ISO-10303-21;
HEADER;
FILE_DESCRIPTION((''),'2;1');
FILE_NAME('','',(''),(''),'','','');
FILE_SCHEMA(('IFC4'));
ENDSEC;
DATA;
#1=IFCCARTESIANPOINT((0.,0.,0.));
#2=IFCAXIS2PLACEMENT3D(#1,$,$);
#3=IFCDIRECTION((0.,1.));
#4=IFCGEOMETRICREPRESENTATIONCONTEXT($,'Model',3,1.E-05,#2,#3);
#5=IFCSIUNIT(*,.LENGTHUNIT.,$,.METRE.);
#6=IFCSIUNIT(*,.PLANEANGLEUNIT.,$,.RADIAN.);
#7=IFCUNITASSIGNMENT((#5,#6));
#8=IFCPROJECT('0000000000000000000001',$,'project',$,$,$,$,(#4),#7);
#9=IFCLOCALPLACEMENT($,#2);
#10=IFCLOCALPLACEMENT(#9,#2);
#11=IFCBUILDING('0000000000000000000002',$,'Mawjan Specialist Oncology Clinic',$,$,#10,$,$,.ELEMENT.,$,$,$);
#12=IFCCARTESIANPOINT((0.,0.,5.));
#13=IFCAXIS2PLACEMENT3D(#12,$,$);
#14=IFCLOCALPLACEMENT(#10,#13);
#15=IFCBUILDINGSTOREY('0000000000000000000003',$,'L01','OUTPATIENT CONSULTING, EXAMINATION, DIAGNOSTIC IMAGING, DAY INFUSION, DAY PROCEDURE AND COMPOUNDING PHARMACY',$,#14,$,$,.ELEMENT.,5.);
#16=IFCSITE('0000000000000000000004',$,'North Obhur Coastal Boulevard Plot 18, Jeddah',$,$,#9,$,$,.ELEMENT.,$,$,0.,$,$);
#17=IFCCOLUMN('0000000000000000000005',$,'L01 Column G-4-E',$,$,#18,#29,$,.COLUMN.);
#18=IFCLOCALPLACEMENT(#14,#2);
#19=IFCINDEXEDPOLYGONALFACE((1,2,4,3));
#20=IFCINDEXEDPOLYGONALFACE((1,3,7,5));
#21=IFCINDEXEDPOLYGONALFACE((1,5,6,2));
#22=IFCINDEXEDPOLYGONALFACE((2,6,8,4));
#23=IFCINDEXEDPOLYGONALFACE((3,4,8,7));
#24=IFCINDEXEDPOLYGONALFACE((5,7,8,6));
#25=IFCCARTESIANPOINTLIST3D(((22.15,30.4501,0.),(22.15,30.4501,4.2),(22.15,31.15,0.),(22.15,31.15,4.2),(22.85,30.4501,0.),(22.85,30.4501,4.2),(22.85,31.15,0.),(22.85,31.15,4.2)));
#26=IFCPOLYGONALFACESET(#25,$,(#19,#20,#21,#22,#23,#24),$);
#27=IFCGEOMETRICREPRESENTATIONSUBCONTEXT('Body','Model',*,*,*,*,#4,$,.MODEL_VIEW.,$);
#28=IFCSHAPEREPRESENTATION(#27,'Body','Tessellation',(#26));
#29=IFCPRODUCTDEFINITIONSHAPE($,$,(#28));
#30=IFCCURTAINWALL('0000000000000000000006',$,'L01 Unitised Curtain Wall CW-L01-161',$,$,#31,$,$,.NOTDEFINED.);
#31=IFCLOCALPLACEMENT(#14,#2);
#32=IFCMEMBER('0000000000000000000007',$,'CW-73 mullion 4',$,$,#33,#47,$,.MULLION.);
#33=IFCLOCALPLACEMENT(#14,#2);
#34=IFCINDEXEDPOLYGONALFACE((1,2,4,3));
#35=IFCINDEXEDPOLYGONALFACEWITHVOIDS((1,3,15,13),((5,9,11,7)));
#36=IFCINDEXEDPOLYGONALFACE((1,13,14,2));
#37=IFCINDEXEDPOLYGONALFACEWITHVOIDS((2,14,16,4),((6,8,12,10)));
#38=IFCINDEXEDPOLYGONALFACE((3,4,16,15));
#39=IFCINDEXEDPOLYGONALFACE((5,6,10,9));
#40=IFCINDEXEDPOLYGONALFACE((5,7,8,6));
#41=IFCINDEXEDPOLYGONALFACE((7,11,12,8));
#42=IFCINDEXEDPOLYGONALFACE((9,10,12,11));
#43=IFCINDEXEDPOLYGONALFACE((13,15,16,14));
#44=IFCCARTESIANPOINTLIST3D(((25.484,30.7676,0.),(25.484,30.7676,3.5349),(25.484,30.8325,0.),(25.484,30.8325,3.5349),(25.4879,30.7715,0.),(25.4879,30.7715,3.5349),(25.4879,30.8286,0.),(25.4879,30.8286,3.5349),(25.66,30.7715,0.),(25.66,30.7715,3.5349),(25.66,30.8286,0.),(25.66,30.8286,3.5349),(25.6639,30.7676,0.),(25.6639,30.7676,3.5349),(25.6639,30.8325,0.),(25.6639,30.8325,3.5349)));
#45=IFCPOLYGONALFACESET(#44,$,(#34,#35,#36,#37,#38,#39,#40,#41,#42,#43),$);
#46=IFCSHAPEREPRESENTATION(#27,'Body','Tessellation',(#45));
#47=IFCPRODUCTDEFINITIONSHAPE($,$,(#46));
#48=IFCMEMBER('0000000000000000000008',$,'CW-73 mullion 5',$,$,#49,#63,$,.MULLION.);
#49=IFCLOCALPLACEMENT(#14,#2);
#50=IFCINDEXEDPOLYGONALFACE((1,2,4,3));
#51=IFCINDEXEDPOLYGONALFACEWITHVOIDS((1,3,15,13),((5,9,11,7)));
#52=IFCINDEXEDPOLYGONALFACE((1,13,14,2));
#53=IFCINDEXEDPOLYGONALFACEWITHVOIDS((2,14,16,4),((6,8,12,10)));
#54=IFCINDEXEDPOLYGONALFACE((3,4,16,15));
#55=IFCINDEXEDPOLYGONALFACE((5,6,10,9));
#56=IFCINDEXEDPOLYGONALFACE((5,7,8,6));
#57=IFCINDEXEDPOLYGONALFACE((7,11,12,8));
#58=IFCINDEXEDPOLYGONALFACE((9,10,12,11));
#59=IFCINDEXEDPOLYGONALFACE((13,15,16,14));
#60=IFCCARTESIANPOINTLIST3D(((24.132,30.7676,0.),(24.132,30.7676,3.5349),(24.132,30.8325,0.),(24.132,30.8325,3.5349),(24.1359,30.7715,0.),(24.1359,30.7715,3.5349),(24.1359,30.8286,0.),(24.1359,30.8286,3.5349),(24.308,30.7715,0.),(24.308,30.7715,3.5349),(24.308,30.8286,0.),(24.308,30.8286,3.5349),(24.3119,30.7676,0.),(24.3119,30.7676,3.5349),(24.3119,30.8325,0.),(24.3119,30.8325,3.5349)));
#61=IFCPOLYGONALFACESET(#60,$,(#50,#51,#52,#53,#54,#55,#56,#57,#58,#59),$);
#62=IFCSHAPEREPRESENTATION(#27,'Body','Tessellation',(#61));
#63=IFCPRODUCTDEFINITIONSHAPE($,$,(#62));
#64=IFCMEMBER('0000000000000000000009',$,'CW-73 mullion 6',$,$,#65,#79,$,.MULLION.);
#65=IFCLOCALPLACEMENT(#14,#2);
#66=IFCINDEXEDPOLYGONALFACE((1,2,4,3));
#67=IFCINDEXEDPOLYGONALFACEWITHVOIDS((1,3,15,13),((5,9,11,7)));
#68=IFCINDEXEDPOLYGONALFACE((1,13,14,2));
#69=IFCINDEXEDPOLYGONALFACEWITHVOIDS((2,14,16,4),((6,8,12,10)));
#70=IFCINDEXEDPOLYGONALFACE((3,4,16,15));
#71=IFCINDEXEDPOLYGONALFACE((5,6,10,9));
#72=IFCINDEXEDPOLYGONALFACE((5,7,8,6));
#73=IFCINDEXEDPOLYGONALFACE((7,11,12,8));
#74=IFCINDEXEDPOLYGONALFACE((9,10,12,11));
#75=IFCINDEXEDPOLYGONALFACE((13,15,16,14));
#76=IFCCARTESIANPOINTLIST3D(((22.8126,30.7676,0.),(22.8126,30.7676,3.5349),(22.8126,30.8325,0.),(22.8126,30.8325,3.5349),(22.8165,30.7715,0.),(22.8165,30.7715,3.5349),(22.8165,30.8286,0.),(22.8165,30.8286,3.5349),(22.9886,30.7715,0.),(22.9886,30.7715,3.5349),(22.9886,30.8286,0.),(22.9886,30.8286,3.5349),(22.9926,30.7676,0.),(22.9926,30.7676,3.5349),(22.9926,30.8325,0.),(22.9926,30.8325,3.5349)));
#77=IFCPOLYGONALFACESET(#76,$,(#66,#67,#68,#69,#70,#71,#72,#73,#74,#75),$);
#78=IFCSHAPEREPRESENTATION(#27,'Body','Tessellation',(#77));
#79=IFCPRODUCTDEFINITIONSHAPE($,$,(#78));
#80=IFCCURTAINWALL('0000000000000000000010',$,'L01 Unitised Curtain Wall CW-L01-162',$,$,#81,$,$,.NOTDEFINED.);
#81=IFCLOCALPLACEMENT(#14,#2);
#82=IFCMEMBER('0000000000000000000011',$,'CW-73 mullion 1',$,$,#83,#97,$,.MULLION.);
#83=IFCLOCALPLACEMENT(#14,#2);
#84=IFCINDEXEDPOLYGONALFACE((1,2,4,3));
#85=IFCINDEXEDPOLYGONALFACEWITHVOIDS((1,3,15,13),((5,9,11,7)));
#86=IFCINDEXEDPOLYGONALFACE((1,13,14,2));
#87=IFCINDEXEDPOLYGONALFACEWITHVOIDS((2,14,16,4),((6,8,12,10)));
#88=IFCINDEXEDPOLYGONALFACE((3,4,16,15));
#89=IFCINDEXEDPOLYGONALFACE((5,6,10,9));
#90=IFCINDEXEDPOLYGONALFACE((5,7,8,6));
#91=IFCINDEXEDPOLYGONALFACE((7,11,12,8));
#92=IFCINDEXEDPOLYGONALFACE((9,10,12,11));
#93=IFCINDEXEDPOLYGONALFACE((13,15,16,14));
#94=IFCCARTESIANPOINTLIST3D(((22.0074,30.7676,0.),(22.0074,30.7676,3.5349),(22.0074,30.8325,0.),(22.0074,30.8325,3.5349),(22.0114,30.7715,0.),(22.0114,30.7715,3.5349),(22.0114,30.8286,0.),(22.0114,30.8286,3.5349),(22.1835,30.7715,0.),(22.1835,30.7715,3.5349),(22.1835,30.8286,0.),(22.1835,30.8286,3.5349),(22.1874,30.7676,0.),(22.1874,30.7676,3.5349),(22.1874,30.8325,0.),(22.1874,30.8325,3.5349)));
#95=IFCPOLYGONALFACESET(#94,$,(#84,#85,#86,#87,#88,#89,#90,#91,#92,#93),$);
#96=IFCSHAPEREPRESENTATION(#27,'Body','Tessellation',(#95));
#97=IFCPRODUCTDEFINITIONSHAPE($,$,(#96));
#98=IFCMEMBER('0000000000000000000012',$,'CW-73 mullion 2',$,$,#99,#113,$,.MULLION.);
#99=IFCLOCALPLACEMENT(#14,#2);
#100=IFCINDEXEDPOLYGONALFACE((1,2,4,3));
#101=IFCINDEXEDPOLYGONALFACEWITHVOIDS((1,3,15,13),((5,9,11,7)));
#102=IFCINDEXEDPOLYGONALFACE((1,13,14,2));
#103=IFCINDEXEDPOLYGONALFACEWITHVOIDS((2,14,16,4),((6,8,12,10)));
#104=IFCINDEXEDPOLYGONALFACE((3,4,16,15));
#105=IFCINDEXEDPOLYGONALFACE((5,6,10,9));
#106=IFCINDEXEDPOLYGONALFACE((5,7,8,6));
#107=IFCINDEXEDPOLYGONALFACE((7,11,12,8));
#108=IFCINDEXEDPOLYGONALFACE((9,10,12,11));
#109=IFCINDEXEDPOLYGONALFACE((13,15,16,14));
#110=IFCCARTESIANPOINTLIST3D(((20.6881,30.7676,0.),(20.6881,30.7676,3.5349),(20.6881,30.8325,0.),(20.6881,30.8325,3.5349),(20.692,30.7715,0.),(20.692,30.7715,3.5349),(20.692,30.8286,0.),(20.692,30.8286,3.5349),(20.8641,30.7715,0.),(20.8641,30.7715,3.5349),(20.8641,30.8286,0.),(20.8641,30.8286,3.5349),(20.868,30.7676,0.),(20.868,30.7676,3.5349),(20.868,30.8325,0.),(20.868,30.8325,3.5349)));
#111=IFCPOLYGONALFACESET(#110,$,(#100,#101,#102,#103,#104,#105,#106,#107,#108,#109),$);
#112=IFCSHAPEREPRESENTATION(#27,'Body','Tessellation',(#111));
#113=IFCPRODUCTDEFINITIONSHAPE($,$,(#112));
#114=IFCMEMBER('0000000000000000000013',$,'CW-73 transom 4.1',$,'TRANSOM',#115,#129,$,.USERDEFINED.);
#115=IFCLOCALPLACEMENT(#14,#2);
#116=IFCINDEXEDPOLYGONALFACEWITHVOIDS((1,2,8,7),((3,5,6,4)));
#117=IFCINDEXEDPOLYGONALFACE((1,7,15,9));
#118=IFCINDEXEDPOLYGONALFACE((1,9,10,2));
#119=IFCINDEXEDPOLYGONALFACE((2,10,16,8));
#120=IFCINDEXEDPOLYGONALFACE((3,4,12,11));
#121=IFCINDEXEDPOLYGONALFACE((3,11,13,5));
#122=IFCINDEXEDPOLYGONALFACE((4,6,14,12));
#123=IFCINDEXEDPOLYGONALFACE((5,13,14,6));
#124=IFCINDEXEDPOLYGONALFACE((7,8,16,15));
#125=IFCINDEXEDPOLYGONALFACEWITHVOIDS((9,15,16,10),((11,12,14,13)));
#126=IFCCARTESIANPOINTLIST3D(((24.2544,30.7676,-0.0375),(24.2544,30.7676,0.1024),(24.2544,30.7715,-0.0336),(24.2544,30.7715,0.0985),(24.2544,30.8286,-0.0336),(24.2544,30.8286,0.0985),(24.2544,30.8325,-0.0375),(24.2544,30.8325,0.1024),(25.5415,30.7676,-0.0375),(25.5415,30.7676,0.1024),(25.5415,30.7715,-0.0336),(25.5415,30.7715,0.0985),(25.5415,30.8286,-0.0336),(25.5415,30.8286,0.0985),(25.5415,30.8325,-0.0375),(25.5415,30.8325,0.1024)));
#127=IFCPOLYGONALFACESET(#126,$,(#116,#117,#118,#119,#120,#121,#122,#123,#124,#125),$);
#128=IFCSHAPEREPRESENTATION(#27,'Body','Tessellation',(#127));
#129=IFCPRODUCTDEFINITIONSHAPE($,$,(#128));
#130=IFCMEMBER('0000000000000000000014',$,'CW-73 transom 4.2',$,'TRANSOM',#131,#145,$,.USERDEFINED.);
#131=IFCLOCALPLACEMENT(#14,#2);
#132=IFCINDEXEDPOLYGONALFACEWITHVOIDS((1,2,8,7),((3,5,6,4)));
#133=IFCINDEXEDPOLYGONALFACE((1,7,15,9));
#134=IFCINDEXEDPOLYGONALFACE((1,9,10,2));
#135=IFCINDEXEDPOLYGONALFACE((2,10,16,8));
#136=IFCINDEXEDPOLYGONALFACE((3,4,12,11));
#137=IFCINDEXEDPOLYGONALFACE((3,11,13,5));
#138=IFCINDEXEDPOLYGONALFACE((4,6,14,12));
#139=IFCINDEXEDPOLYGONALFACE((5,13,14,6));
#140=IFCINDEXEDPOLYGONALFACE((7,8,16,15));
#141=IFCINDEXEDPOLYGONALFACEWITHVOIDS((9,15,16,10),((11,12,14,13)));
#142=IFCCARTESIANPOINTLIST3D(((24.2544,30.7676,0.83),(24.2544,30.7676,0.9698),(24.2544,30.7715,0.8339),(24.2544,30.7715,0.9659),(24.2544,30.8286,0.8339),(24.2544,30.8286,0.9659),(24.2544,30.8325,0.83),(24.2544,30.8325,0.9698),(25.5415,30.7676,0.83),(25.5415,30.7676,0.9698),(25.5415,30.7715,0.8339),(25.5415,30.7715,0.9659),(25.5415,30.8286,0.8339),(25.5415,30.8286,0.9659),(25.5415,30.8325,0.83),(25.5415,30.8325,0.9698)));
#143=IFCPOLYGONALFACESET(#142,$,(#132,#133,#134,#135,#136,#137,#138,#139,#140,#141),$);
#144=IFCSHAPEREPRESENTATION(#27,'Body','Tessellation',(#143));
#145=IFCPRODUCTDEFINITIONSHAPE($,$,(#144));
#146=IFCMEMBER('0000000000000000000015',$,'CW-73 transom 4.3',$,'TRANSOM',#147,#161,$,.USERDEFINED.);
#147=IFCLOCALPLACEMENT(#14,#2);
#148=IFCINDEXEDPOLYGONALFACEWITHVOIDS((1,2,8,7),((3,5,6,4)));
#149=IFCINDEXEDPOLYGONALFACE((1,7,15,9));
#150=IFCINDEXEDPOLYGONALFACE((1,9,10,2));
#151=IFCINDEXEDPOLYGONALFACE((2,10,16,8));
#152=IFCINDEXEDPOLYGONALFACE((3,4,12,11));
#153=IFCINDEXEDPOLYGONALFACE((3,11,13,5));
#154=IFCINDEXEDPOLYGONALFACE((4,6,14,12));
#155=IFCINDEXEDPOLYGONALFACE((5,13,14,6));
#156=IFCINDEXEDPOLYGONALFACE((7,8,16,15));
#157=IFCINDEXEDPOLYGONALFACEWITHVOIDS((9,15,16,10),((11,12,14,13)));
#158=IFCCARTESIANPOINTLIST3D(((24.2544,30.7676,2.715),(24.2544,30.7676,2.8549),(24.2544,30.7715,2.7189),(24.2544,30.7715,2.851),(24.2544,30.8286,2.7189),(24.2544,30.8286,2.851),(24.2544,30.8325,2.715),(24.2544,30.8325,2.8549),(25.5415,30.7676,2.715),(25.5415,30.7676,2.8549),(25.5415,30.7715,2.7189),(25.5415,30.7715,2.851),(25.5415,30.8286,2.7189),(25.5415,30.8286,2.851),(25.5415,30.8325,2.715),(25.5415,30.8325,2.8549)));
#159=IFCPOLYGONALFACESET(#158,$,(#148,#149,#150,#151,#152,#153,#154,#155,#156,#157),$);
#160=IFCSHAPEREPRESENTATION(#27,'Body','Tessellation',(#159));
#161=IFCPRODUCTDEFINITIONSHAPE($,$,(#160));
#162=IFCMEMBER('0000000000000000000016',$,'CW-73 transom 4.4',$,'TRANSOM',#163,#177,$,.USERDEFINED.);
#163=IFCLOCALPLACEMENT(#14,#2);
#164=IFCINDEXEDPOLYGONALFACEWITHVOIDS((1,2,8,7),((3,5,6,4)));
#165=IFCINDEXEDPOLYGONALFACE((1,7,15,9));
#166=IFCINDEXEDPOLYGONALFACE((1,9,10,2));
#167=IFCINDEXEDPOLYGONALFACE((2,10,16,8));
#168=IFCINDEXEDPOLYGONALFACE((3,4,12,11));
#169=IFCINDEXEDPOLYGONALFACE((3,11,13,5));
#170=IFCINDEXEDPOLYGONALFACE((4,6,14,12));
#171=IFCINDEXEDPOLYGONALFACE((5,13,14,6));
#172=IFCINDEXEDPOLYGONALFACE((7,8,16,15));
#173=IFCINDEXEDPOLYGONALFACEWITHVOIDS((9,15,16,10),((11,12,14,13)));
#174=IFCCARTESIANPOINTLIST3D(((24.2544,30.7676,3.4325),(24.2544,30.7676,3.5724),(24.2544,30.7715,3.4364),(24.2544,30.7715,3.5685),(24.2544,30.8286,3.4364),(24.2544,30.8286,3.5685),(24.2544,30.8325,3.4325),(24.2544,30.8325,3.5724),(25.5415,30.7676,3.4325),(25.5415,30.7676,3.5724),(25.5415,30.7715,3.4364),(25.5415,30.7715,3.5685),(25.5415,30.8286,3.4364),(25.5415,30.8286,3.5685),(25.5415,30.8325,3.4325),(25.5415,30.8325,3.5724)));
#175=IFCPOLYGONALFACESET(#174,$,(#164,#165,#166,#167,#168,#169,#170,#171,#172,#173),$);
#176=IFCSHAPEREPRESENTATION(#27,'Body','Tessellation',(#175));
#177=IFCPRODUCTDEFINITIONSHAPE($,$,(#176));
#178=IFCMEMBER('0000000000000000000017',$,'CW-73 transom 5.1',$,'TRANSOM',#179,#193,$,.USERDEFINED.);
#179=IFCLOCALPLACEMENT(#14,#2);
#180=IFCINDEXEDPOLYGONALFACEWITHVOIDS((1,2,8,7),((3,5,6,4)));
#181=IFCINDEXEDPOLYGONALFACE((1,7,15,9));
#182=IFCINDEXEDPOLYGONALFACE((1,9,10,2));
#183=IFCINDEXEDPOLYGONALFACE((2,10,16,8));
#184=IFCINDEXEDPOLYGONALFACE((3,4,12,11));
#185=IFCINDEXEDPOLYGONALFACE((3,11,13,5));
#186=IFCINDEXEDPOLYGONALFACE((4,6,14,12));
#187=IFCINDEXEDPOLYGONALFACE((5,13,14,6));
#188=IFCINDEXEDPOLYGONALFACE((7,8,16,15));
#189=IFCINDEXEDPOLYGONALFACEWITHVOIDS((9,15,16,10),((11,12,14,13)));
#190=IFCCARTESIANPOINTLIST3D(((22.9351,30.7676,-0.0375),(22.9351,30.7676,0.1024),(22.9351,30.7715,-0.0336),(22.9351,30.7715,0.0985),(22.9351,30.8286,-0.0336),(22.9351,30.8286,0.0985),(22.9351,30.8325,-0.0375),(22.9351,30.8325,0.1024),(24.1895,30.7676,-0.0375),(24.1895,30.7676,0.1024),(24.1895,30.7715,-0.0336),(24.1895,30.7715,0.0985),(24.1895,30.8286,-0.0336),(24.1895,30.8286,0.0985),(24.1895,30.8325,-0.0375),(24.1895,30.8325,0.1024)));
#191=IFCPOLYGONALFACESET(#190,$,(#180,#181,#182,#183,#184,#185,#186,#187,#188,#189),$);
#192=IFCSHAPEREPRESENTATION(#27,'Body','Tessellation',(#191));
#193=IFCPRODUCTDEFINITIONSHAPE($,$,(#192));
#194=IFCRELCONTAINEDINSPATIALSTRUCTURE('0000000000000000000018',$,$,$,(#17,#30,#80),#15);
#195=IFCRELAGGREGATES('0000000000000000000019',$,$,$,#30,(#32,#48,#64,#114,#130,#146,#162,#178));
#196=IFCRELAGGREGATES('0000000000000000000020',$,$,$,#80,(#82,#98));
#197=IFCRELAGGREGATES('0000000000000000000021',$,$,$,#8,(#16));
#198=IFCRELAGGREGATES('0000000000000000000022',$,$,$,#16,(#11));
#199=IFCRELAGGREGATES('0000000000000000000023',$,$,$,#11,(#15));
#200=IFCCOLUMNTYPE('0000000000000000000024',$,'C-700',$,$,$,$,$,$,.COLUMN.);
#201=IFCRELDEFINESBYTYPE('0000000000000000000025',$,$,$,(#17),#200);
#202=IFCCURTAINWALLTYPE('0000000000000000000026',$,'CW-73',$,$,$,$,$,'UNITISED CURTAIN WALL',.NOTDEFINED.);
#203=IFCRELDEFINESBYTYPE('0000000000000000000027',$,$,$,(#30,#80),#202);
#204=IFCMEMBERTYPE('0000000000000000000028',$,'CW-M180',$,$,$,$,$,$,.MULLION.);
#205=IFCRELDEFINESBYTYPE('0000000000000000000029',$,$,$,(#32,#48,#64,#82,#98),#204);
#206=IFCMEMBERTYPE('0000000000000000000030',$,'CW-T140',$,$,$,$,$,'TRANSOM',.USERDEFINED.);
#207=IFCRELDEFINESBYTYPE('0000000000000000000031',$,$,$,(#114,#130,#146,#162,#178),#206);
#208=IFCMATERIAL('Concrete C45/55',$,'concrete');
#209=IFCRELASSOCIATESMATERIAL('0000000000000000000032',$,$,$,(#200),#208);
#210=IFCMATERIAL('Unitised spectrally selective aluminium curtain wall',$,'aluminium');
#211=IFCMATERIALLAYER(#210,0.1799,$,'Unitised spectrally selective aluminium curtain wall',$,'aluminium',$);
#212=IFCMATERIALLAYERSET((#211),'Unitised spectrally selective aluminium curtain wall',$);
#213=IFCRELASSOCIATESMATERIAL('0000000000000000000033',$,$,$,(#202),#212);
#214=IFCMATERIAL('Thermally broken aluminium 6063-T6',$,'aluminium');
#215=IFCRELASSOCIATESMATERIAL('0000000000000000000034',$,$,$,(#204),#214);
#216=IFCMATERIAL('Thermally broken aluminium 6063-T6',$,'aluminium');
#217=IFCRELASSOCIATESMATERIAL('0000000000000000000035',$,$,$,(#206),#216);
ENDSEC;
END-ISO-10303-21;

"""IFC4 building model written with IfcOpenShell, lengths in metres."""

from ifc_helpers import new_model, si_unit, direction, frame, origin, origin_2d, place, context, subcontext, project, spatial, rectangle, hollow_rectangle, extrude, material, layer, layer_set, material_profile, profile_set, type_object, element, aggregate, save


model = new_model("IFC4")

# Units and contexts
model_context = context("Model", 3, precision=1e-05, world=origin(), true_north=direction((0.0, 1.0)))
body_context = subcontext(model_context, "Body", "Model", "MODEL_VIEW")
ifc_project = project(units=[si_unit("LENGTHUNIT", "METRE"), si_unit("PLANEANGLEUNIT", "RADIAN")], contexts=[model_context])

# Site, building, storey
site_placement = place(None, origin())
site = spatial("IfcSite", under=ifc_project, at=site_placement, Name="North Obhur Coastal Boulevard Plot 18, Jeddah", CompositionType="ELEMENT", RefElevation=0.0)
building_placement = place(site_placement, origin())
building = spatial("IfcBuilding", under=site, at=building_placement, Name="Mawjan Specialist Oncology Clinic", CompositionType="ELEMENT")
storey_placement = place(building_placement, frame((0.0, 0.0, 5.0)))
storey = spatial("IfcBuildingStorey", under=building, at=storey_placement, Name="L01", Description="OUTPATIENT CONSULTING, EXAMINATION, DIAGNOSTIC IMAGING, DAY INFUSION, DAY PROCEDURE AND COMPOUNDING PHARMACY", CompositionType="ELEMENT", Elevation=5.0)

# Column
ifc_material_1 = material(Name="Concrete C45/55", Category="concrete")
ifc_material_profile_1 = material_profile(ifc_material_1, rectangle(XDim=0.7, YDim=0.7, at=origin_2d()), Name="RC COL 700x700", Category="concrete")
ifc_profile_set_1 = profile_set([ifc_material_profile_1], Name="Concrete C45/55")
column_type = type_object("IfcColumnType", Name="C-700", PredefinedType="COLUMN", material=ifc_profile_set_1)
column_placement = place(storey_placement, frame((22.5, 30.8, 0.0), z_axis=(0.0, 0.0, 1.0), x_axis=(1.0, 0.0, 0.0)))
element("IfcColumn", 1, at=column_placement, inside=storey, type_object=column_type, Name="L01 Column G-4-E", PredefinedType="COLUMN", context=body_context, shape_type="SweptSolid", body=[
    extrude(rectangle(XDim=0.7, YDim=0.7, at=origin_2d()), origin(), (0.0, 0.0, 1.0), 4.2),
])

# Curtain walls, members
ifc_material_2 = material(Name="Unitised spectrally selective aluminium curtain wall", Category="aluminium")
ifc_layer_1 = layer(ifc_material_2, 0.1799, Name="Unitised spectrally selective aluminium curtain wall", Category="aluminium")
ifc_layer_set_1 = layer_set([ifc_layer_1], Name="Unitised spectrally selective aluminium curtain wall")
curtain_wall_type_1 = type_object("IfcCurtainWallType", Name="CW-73", ElementType="UNITISED CURTAIN WALL", PredefinedType="NOTDEFINED", material=ifc_layer_set_1)
curtain_wall_1_placement = place(storey_placement, origin())
curtain_wall_1 = element("IfcCurtainWall", 2, at=curtain_wall_1_placement, inside=storey, type_object=curtain_wall_type_1, Name="L01 Unitised Curtain Wall CW-L01-161", PredefinedType="NOTDEFINED")
ifc_material_3 = material(Name="Thermally broken aluminium 6063-T6", Category="aluminium")
ifc_material_profile_2 = material_profile(ifc_material_3, hollow_rectangle(XDim=0.0649, YDim=0.1799, WallThickness=0.0039, at=origin_2d()), Name="ALU MULLION 180x65x4", Category="aluminium")
ifc_profile_set_2 = profile_set([ifc_material_profile_2], Name="Thermally broken aluminium 6063-T6")
member_type_1 = type_object("IfcMemberType", Name="CW-M180", PredefinedType="MULLION", material=ifc_profile_set_2)
member_1_placement = place(storey_placement, frame((25.574, 30.8, 0.0), z_axis=(0.0, 0.0, 1.0), x_axis=(0.0, -1.0, 0.0)))
member_1 = element("IfcMember", 3, at=member_1_placement, type_object=member_type_1, Name="CW-73 mullion 4", PredefinedType="MULLION", context=body_context, shape_type="SweptSolid", body=[
    extrude(hollow_rectangle(XDim=0.0649, YDim=0.1799, WallThickness=0.0039, at=origin_2d()), origin(), (0.0, 0.0, 1.0), 3.5349),
])
member_2_placement = place(storey_placement, frame((24.2219, 30.8, 0.0), z_axis=(0.0, 0.0, 1.0), x_axis=(0.0, -1.0, 0.0)))
member_2 = element("IfcMember", 4, at=member_2_placement, type_object=member_type_1, Name="CW-73 mullion 5", PredefinedType="MULLION", context=body_context, shape_type="SweptSolid", body=[
    extrude(hollow_rectangle(XDim=0.0649, YDim=0.1799, WallThickness=0.0039, at=origin_2d()), origin(), (0.0, 0.0, 1.0), 3.5349),
])
member_3_placement = place(storey_placement, frame((22.9026, 30.8, 0.0), z_axis=(0.0, 0.0, 1.0), x_axis=(0.0, -1.0, 0.0)))
member_3 = element("IfcMember", 5, at=member_3_placement, type_object=member_type_1, Name="CW-73 mullion 6", PredefinedType="MULLION", context=body_context, shape_type="SweptSolid", body=[
    extrude(hollow_rectangle(XDim=0.0649, YDim=0.1799, WallThickness=0.0039, at=origin_2d()), origin(), (0.0, 0.0, 1.0), 3.5349),
])
curtain_wall_2_placement = place(storey_placement, origin())
curtain_wall_2 = element("IfcCurtainWall", 6, at=curtain_wall_2_placement, inside=storey, type_object=curtain_wall_type_1, Name="L01 Unitised Curtain Wall CW-L01-162", PredefinedType="NOTDEFINED")
member_4_placement = place(storey_placement, frame((22.0974, 30.8, 0.0), z_axis=(0.0, 0.0, 1.0), x_axis=(0.0, -1.0, 0.0)))
member_4 = element("IfcMember", 7, at=member_4_placement, type_object=member_type_1, Name="CW-73 mullion 1", PredefinedType="MULLION", context=body_context, shape_type="SweptSolid", body=[
    extrude(hollow_rectangle(XDim=0.0649, YDim=0.1799, WallThickness=0.0039, at=origin_2d()), origin(), (0.0, 0.0, 1.0), 3.5349),
])
member_5_placement = place(storey_placement, frame((20.7781, 30.8, 0.0), z_axis=(0.0, 0.0, 1.0), x_axis=(0.0, -1.0, 0.0)))
member_5 = element("IfcMember", 8, at=member_5_placement, type_object=member_type_1, Name="CW-73 mullion 2", PredefinedType="MULLION", context=body_context, shape_type="SweptSolid", body=[
    extrude(hollow_rectangle(XDim=0.0649, YDim=0.1799, WallThickness=0.0039, at=origin_2d()), origin(), (0.0, 0.0, 1.0), 3.5349),
])

# Members
ifc_material_4 = material(Name="Thermally broken aluminium 6063-T6", Category="aluminium")
ifc_material_profile_3 = material_profile(ifc_material_4, hollow_rectangle(XDim=0.0649, YDim=0.1399, WallThickness=0.0039, at=origin_2d()), Name="ALU TRANSOM 140x65x4", Category="aluminium")
ifc_profile_set_3 = profile_set([ifc_material_profile_3], Name="Thermally broken aluminium 6063-T6")
member_type_2 = type_object("IfcMemberType", Name="CW-T140", ElementType="TRANSOM", PredefinedType="USERDEFINED", material=ifc_profile_set_3)
member_6_placement = place(storey_placement, frame((25.5415, 30.8, 0.0325), z_axis=(-1.0, 0.0, 0.0), x_axis=(0.0, -1.0, 0.0)))
member_6 = element("IfcMember", 9, at=member_6_placement, type_object=member_type_2, Name="CW-73 transom 4.1", ObjectType="TRANSOM", PredefinedType="USERDEFINED", context=body_context, shape_type="SweptSolid", body=[
    extrude(hollow_rectangle(XDim=0.0649, YDim=0.1399, WallThickness=0.0039, at=origin_2d()), origin(), (0.0, 0.0, 1.0), 1.2871),
])
member_7_placement = place(storey_placement, frame((25.5415, 30.8, 0.8999), z_axis=(-1.0, 0.0, 0.0), x_axis=(0.0, -1.0, 0.0)))
member_7 = element("IfcMember", 10, at=member_7_placement, type_object=member_type_2, Name="CW-73 transom 4.2", ObjectType="TRANSOM", PredefinedType="USERDEFINED", context=body_context, shape_type="SweptSolid", body=[
    extrude(hollow_rectangle(XDim=0.0649, YDim=0.1399, WallThickness=0.0039, at=origin_2d()), origin(), (0.0, 0.0, 1.0), 1.2871),
])
member_8_placement = place(storey_placement, frame((25.5415, 30.8, 2.7849), z_axis=(-1.0, 0.0, 0.0), x_axis=(0.0, -1.0, 0.0)))
member_8 = element("IfcMember", 11, at=member_8_placement, type_object=member_type_2, Name="CW-73 transom 4.3", ObjectType="TRANSOM", PredefinedType="USERDEFINED", context=body_context, shape_type="SweptSolid", body=[
    extrude(hollow_rectangle(XDim=0.0649, YDim=0.1399, WallThickness=0.0039, at=origin_2d()), origin(), (0.0, 0.0, 1.0), 1.2871),
])
member_9_placement = place(storey_placement, frame((25.5415, 30.8, 3.5024), z_axis=(-1.0, 0.0, 0.0), x_axis=(0.0, -1.0, 0.0)))
member_9 = element("IfcMember", 12, at=member_9_placement, type_object=member_type_2, Name="CW-73 transom 4.4", ObjectType="TRANSOM", PredefinedType="USERDEFINED", context=body_context, shape_type="SweptSolid", body=[
    extrude(hollow_rectangle(XDim=0.0649, YDim=0.1399, WallThickness=0.0039, at=origin_2d()), origin(), (0.0, 0.0, 1.0), 1.2871),
])
member_10_placement = place(storey_placement, frame((24.1895, 30.8, 0.0325), z_axis=(-1.0, 0.0, 0.0), x_axis=(0.0, -1.0, 0.0)))
member_10 = element("IfcMember", 13, at=member_10_placement, type_object=member_type_2, Name="CW-73 transom 5.1", ObjectType="TRANSOM", PredefinedType="USERDEFINED", context=body_context, shape_type="SweptSolid", body=[
    extrude(hollow_rectangle(XDim=0.0649, YDim=0.1399, WallThickness=0.0039, at=origin_2d()), origin(), (0.0, 0.0, 1.0), 1.2544),
])

aggregate(curtain_wall_1, [member_1, member_2, member_3, member_6, member_7, member_8, member_9, member_10])
aggregate(curtain_wall_2, [member_4, member_5])

save(model, "model.ifc")
